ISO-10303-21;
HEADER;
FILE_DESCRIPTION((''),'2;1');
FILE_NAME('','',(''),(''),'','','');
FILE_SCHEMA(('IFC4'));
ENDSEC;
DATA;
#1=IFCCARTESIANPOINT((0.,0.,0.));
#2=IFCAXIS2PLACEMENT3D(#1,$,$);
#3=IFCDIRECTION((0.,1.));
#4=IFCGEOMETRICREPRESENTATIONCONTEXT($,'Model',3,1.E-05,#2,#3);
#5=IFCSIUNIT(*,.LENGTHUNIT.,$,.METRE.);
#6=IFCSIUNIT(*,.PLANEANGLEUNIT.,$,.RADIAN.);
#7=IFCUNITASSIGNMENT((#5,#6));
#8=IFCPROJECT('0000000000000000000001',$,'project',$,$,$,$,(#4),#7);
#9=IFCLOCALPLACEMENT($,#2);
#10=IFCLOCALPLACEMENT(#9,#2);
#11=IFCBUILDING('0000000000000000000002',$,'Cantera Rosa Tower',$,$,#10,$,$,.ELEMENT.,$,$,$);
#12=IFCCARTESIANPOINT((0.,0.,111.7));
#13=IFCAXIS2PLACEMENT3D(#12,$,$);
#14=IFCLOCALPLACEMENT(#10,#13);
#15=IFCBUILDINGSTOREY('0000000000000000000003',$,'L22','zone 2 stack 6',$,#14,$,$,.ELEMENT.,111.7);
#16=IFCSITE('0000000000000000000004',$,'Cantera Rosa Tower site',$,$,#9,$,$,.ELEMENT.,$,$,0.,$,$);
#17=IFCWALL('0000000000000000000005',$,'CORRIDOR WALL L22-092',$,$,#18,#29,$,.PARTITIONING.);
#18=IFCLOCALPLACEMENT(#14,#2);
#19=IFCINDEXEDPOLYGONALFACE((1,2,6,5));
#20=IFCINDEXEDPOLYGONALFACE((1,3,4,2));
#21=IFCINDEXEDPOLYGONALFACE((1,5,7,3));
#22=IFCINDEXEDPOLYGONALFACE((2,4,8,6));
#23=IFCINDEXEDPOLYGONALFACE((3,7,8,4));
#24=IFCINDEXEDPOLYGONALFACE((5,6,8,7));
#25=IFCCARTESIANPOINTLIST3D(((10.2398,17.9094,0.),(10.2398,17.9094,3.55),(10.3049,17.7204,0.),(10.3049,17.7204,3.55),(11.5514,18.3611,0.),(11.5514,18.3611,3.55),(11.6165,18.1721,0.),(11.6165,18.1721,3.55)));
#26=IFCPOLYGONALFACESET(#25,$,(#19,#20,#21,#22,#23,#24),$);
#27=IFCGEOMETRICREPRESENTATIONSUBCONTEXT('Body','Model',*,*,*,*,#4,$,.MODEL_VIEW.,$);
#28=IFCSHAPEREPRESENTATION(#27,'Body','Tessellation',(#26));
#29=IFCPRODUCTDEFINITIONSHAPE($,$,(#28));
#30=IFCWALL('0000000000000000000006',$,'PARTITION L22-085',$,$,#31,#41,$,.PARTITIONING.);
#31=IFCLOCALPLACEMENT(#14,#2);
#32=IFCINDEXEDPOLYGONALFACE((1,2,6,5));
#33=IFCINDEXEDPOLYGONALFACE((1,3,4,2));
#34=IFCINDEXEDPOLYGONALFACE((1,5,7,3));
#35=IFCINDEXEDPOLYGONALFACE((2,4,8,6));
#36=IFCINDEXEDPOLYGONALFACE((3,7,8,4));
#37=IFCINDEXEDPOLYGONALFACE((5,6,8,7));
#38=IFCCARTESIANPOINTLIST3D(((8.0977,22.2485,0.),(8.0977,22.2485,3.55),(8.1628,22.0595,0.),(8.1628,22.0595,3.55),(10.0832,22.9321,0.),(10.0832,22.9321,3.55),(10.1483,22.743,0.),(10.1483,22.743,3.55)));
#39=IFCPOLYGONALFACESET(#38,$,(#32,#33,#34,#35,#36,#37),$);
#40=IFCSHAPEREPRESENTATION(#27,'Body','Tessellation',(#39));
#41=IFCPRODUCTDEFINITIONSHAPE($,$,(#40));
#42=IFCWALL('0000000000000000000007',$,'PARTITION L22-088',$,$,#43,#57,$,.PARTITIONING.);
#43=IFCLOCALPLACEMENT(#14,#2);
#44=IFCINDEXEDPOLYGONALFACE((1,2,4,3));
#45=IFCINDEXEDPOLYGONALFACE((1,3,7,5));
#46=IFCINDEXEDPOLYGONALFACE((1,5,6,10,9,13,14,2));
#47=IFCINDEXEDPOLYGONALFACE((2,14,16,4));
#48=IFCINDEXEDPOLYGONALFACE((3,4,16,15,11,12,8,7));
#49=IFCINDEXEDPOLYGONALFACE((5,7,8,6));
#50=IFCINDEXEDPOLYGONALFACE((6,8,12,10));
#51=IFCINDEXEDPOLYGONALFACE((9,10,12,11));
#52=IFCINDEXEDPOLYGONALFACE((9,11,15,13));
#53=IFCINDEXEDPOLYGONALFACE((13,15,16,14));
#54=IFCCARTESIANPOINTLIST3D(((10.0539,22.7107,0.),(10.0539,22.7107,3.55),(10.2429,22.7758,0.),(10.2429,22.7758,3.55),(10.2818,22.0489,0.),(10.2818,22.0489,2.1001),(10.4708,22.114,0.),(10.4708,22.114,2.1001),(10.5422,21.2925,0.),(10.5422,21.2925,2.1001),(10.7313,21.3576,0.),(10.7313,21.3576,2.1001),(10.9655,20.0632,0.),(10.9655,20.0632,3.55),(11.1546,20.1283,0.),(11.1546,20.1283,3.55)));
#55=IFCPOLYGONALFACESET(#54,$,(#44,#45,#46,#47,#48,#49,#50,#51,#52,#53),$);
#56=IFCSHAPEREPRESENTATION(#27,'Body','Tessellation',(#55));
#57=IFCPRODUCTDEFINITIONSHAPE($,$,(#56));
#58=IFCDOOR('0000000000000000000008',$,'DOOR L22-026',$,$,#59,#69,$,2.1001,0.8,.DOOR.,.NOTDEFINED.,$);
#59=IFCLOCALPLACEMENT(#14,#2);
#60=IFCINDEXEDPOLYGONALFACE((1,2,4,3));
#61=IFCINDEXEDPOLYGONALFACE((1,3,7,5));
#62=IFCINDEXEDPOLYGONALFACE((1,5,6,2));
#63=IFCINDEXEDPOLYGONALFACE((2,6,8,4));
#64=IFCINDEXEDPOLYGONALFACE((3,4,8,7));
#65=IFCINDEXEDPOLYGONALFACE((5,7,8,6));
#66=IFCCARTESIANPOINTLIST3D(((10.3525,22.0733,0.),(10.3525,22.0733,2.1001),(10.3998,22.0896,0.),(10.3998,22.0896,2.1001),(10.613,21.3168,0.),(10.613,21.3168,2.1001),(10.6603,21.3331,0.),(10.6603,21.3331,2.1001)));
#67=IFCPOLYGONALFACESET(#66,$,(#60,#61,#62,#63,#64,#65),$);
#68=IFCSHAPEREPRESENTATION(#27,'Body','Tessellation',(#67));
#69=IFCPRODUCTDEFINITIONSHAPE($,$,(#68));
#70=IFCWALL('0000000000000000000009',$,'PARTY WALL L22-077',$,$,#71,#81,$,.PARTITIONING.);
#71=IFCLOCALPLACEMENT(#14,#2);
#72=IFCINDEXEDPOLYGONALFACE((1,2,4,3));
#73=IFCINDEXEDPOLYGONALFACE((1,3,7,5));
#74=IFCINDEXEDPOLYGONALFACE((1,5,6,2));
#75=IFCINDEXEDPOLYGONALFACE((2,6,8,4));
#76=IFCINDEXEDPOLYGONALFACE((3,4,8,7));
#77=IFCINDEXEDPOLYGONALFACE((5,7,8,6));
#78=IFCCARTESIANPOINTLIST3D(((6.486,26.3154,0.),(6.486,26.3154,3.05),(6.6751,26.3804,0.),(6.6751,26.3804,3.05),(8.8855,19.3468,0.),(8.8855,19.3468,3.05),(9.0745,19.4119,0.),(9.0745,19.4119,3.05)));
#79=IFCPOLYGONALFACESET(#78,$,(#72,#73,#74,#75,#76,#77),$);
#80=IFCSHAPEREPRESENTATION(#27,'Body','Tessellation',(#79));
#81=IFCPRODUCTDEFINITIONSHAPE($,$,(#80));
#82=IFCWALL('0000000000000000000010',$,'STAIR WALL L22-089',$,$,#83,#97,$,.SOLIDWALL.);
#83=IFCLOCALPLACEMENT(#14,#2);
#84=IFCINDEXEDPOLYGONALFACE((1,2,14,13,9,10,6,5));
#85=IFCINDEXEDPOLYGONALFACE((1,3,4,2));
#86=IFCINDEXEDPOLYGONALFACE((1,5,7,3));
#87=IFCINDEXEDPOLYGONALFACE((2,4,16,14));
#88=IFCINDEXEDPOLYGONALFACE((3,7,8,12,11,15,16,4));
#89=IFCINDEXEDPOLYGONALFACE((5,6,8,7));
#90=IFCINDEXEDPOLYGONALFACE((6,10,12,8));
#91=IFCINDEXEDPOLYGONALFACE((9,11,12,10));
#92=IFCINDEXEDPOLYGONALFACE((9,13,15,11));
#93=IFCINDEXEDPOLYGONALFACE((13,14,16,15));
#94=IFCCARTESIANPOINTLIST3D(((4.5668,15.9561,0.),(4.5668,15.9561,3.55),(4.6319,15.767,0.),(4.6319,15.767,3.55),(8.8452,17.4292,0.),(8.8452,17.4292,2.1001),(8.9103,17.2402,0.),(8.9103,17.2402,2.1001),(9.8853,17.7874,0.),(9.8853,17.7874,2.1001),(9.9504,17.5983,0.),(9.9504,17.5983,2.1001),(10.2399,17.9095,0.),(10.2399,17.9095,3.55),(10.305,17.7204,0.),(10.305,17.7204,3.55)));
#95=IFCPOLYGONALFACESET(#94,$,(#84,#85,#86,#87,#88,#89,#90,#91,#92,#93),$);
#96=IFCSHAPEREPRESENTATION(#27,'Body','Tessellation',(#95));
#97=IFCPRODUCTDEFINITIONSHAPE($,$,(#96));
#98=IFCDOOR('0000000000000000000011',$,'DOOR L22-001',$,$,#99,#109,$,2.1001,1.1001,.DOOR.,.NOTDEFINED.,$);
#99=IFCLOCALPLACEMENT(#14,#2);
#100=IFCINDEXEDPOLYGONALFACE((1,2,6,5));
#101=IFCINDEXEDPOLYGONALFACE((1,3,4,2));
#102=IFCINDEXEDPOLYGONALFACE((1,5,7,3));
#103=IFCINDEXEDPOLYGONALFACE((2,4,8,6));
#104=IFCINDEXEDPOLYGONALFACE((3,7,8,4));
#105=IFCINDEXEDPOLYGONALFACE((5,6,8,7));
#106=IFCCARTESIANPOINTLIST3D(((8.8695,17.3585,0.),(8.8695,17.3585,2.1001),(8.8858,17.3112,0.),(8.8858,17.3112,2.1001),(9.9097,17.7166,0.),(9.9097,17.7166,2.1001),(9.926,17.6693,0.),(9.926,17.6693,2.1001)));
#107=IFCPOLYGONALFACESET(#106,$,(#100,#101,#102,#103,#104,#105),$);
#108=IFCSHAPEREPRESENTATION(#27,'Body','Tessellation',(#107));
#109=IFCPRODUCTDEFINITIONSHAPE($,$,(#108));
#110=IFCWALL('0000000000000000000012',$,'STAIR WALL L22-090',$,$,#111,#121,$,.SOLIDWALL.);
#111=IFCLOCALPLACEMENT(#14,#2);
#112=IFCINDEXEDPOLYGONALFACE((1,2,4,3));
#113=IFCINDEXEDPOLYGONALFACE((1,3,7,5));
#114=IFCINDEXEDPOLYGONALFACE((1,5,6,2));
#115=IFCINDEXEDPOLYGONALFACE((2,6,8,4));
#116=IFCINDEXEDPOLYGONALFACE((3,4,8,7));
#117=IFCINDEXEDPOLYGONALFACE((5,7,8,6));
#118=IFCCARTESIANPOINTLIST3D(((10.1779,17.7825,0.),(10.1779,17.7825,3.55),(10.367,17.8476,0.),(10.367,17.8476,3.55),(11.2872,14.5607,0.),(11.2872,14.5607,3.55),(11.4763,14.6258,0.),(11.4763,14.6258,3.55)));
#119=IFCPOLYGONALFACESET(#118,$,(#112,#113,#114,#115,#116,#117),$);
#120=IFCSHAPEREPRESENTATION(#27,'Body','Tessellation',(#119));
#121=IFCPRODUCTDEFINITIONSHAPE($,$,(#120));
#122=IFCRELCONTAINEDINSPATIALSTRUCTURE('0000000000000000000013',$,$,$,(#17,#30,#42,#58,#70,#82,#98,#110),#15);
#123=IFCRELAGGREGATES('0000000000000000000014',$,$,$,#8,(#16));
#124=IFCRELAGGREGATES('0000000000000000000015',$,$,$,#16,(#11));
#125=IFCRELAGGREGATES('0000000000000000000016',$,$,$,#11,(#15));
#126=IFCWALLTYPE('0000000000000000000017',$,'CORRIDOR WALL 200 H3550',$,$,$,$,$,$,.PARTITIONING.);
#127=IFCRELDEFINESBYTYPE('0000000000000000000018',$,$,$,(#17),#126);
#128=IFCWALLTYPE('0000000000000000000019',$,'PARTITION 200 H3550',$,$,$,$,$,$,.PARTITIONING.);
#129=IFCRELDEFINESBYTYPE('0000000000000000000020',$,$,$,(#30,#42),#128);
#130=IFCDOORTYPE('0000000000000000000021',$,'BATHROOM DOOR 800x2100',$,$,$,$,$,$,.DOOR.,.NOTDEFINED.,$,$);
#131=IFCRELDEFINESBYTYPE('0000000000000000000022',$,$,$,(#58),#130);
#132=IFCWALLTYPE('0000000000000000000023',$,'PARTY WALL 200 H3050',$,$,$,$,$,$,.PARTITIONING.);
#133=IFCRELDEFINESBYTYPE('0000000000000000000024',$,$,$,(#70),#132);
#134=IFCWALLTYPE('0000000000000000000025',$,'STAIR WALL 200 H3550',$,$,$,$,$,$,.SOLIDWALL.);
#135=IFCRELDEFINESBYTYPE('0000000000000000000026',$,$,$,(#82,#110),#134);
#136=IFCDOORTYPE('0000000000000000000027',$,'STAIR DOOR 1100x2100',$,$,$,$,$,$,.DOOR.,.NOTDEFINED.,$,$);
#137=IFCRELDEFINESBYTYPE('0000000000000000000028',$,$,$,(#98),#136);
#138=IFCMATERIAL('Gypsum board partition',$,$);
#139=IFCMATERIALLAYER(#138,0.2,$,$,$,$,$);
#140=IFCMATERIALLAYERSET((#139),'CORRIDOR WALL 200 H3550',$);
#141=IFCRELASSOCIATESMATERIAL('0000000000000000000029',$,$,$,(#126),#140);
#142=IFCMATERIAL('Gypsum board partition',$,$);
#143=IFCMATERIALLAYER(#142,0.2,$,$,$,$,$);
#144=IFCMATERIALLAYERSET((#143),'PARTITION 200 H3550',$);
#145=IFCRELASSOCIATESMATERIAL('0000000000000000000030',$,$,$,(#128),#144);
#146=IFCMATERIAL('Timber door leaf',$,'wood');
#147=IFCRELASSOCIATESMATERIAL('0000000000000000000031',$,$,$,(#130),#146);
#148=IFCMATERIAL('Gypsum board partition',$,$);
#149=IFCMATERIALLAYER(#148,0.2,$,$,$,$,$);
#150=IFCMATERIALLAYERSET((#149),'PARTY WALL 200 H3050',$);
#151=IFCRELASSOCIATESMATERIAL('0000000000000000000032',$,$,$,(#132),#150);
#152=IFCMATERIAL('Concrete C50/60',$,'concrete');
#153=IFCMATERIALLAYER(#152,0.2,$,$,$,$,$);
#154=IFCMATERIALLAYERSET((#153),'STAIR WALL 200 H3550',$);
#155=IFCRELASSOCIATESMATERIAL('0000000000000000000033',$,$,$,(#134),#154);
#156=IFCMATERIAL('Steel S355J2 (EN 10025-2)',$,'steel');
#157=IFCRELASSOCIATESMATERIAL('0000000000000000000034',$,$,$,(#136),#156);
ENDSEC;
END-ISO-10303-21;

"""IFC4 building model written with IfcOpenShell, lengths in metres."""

from ifc_helpers import new_model, si_unit, direction, frame, frame_2d, origin, place, context, subcontext, project, spatial, rectangle, extrude, material, layer, layer_set, type_object, element, fill, save


model = new_model("IFC4")

# Units and contexts
model_context = context("Model", 3, precision=1e-05, world=origin(), true_north=direction((0.0, 1.0)))
body_context = subcontext(model_context, "Body", "Model", "MODEL_VIEW")
ifc_project = project(units=[si_unit("LENGTHUNIT", "METRE"), si_unit("PLANEANGLEUNIT", "RADIAN")], contexts=[model_context])

# Site, building, storey
site_placement = place(None, origin())
site = spatial("IfcSite", under=ifc_project, at=site_placement, Name="Cantera Rosa Tower site", CompositionType="ELEMENT", RefElevation=0.0)
building_placement = place(site_placement, origin())
building = spatial("IfcBuilding", under=site, at=building_placement, Name="Cantera Rosa Tower", CompositionType="ELEMENT")
storey_placement = place(building_placement, frame((0.0, 0.0, 111.7)))
storey = spatial("IfcBuildingStorey", under=building, at=storey_placement, Name="L22", Description="zone 2 stack 6", CompositionType="ELEMENT", Elevation=111.7)

# Shared definitions
ifc_material_1 = material(Name="Gypsum board partition")
ifc_layer_1 = layer(ifc_material_1, 0.2)
ifc_layer_set_1 = layer_set([ifc_layer_1], Name="CORRIDOR WALL 200 H3550")
wall_type_1 = type_object("IfcWallType", Name="CORRIDOR WALL 200 H3550", PredefinedType="PARTITIONING", material=ifc_layer_set_1)

# Wall
wall_1_placement = place(storey_placement, frame((11.584, 18.2666, 0.0), z_axis=(0.0, 0.0, 1.0), x_axis=(-0.945504, -0.325611, 0.0)))
element("IfcWall", 1, at=wall_1_placement, inside=storey, type_object=wall_type_1, Name="CORRIDOR WALL L22-092", PredefinedType="PARTITIONING", context=body_context, shape_type="SweptSolid", body=[
    extrude(rectangle(XDim=1.3872, YDim=0.2, at=frame_2d((0.6936, 0.0))), origin(), (0.0, 0.0, 1.0), 3.55),
])

# Wall
ifc_material_2 = material(Name="Gypsum board partition")
ifc_layer_2 = layer(ifc_material_2, 0.2)
ifc_layer_set_2 = layer_set([ifc_layer_2], Name="PARTITION 200 H3550")
wall_type_2 = type_object("IfcWallType", Name="PARTITION 200 H3550", PredefinedType="PARTITIONING", material=ifc_layer_set_2)
wall_2_placement = place(storey_placement, frame((8.1304, 22.1541, 0.0), z_axis=(0.0, 0.0, 1.0), x_axis=(0.945533, 0.325525, 0.0)))
element("IfcWall", 2, at=wall_2_placement, inside=storey, type_object=wall_type_2, Name="PARTITION L22-085", PredefinedType="PARTITIONING", context=body_context, shape_type="SweptSolid", body=[
    extrude(rectangle(XDim=2.0999, YDim=0.2, at=frame_2d((1.0498, 0.0))), origin(), (0.0, 0.0, 1.0), 3.55),
])

# Wall, opening, door
wall_3_placement = place(storey_placement, frame((10.1484, 22.7432, 0.0), z_axis=(0.0, 0.0, 1.0), x_axis=(0.325577, -0.945516, 0.0)))
wall_3 = element("IfcWall", 3, at=wall_3_placement, inside=storey, type_object=wall_type_2, Name="PARTITION L22-088", PredefinedType="PARTITIONING", context=body_context, shape_type="SweptSolid", body=[
    extrude(rectangle(XDim=2.8, YDim=0.2, at=frame_2d((1.3999, 0.0))), origin(), (0.0, 0.0, 1.0), 3.55),
])
opening_1_placement = place(wall_3_placement, frame((0.7, 0.0, 0.0)))
opening_1 = element("IfcOpeningElement", 4, at=opening_1_placement, cuts=wall_3, PredefinedType="OPENING", context=body_context, shape_type="SweptSolid", body=[
    extrude(rectangle(XDim=0.8, YDim=2.1001, at=frame_2d((0.3999, 1.05))), frame((0.0, 0.1099, 0.0), z_axis=(0.0, -1.0, 0.0), x_axis=(1.0, 0.0, 0.0)), (0.0, 0.0, 1.0), 0.22),
])
ifc_material_3 = material(Name="Timber door leaf", Category="wood")
door_type_1 = type_object("IfcDoorType", Name="BATHROOM DOOR 800x2100", OperationType="NOTDEFINED", PredefinedType="DOOR", material=ifc_material_3)
door_1_placement = place(opening_1_placement, origin())
door_1 = element("IfcDoor", 5, at=door_1_placement, inside=storey, type_object=door_type_1, Name="DOOR L22-026", OperationType="NOTDEFINED", OverallHeight=2.1001, OverallWidth=0.8, PredefinedType="DOOR", context=body_context, shape_type="SweptSolid", body=[
    extrude(rectangle(XDim=0.8, YDim=2.1001, at=frame_2d((0.3999, 1.05))), frame((0.0, 0.0249, 0.0), z_axis=(0.0, -1.0, 0.0), x_axis=(1.0, 0.0, 0.0)), (0.0, 0.0, 1.0), 0.05),
])
fill(opening_1, door_1)

# Wall
ifc_material_4 = material(Name="Gypsum board partition")
ifc_layer_3 = layer(ifc_material_4, 0.2)
ifc_layer_set_3 = layer_set([ifc_layer_3], Name="PARTY WALL 200 H3050")
wall_type_3 = type_object("IfcWallType", Name="PARTY WALL 200 H3050", PredefinedType="PARTITIONING", material=ifc_layer_set_3)
wall_4_placement = place(storey_placement, frame((6.5806, 26.3479, 0.0), z_axis=(0.0, 0.0, 1.0), x_axis=(0.325564, -0.94552, 0.0)))
element("IfcWall", 6, at=wall_4_placement, inside=storey, type_object=wall_type_3, Name="PARTY WALL L22-077", PredefinedType="PARTITIONING", context=body_context, shape_type="SweptSolid", body=[
    extrude(rectangle(XDim=7.3701, YDim=0.2, at=frame_2d((3.6851, 0.0))), origin(), (0.0, 0.0, 1.0), 3.05),
])

# Wall, opening, door
ifc_material_5 = material(Name="Concrete C50/60", Category="concrete")
ifc_layer_4 = layer(ifc_material_5, 0.2)
ifc_layer_set_4 = layer_set([ifc_layer_4], Name="STAIR WALL 200 H3550")
wall_type_4 = type_object("IfcWallType", Name="STAIR WALL 200 H3550", PredefinedType="SOLIDWALL", material=ifc_layer_set_4)
wall_5_placement = place(storey_placement, frame((10.2725, 17.8149, 0.0), z_axis=(0.0, 0.0, 1.0), x_axis=(-0.94552, -0.325563, 0.0)))
wall_5 = element("IfcWall", 7, at=wall_5_placement, inside=storey, type_object=wall_type_4, Name="STAIR WALL L22-089", PredefinedType="SOLIDWALL", context=body_context, shape_type="SweptSolid", body=[
    extrude(rectangle(XDim=6.0, YDim=0.2, at=frame_2d((3.0, 0.0))), origin(), (0.0, 0.0, 1.0), 3.55),
])
opening_2_placement = place(wall_5_placement, frame((0.375, 0.0, 0.0)))
opening_2 = element("IfcOpeningElement", 8, at=opening_2_placement, cuts=wall_5, PredefinedType="OPENING", context=body_context, shape_type="SweptSolid", body=[
    extrude(rectangle(XDim=1.1001, YDim=2.1001, at=frame_2d((0.55, 1.05))), frame((0.0, 0.1099, 0.0), z_axis=(0.0, -1.0, 0.0), x_axis=(1.0, 0.0, 0.0)), (0.0, 0.0, 1.0), 0.22),
])
ifc_material_6 = material(Name="Steel S355J2 (EN 10025-2)", Category="steel")
door_type_2 = type_object("IfcDoorType", Name="STAIR DOOR 1100x2100", OperationType="NOTDEFINED", PredefinedType="DOOR", material=ifc_material_6)
door_2_placement = place(opening_2_placement, origin())
door_2 = element("IfcDoor", 9, at=door_2_placement, inside=storey, type_object=door_type_2, Name="DOOR L22-001", OperationType="NOTDEFINED", OverallHeight=2.1001, OverallWidth=1.1001, PredefinedType="DOOR", context=body_context, shape_type="SweptSolid", body=[
    extrude(rectangle(XDim=1.1001, YDim=2.1001, at=frame_2d((0.55, 1.05))), frame((0.0, 0.0249, 0.0), z_axis=(0.0, -1.0, 0.0), x_axis=(1.0, 0.0, 0.0)), (0.0, 0.0, 1.0), 0.05),
])
fill(opening_2, door_2)

# Wall
wall_6_placement = place(storey_placement, frame((10.2725, 17.8149, 0.0), z_axis=(0.0, 0.0, 1.0), x_axis=(0.325562, -0.945521, 0.0)))
element("IfcWall", 10, at=wall_6_placement, inside=storey, type_object=wall_type_4, Name="STAIR WALL L22-090", PredefinedType="SOLIDWALL", context=body_context, shape_type="SweptSolid", body=[
    extrude(rectangle(XDim=3.4075, YDim=0.2, at=frame_2d((1.7036, 0.0))), origin(), (0.0, 0.0, 1.0), 3.55),
])

save(model, "model.ifc")
